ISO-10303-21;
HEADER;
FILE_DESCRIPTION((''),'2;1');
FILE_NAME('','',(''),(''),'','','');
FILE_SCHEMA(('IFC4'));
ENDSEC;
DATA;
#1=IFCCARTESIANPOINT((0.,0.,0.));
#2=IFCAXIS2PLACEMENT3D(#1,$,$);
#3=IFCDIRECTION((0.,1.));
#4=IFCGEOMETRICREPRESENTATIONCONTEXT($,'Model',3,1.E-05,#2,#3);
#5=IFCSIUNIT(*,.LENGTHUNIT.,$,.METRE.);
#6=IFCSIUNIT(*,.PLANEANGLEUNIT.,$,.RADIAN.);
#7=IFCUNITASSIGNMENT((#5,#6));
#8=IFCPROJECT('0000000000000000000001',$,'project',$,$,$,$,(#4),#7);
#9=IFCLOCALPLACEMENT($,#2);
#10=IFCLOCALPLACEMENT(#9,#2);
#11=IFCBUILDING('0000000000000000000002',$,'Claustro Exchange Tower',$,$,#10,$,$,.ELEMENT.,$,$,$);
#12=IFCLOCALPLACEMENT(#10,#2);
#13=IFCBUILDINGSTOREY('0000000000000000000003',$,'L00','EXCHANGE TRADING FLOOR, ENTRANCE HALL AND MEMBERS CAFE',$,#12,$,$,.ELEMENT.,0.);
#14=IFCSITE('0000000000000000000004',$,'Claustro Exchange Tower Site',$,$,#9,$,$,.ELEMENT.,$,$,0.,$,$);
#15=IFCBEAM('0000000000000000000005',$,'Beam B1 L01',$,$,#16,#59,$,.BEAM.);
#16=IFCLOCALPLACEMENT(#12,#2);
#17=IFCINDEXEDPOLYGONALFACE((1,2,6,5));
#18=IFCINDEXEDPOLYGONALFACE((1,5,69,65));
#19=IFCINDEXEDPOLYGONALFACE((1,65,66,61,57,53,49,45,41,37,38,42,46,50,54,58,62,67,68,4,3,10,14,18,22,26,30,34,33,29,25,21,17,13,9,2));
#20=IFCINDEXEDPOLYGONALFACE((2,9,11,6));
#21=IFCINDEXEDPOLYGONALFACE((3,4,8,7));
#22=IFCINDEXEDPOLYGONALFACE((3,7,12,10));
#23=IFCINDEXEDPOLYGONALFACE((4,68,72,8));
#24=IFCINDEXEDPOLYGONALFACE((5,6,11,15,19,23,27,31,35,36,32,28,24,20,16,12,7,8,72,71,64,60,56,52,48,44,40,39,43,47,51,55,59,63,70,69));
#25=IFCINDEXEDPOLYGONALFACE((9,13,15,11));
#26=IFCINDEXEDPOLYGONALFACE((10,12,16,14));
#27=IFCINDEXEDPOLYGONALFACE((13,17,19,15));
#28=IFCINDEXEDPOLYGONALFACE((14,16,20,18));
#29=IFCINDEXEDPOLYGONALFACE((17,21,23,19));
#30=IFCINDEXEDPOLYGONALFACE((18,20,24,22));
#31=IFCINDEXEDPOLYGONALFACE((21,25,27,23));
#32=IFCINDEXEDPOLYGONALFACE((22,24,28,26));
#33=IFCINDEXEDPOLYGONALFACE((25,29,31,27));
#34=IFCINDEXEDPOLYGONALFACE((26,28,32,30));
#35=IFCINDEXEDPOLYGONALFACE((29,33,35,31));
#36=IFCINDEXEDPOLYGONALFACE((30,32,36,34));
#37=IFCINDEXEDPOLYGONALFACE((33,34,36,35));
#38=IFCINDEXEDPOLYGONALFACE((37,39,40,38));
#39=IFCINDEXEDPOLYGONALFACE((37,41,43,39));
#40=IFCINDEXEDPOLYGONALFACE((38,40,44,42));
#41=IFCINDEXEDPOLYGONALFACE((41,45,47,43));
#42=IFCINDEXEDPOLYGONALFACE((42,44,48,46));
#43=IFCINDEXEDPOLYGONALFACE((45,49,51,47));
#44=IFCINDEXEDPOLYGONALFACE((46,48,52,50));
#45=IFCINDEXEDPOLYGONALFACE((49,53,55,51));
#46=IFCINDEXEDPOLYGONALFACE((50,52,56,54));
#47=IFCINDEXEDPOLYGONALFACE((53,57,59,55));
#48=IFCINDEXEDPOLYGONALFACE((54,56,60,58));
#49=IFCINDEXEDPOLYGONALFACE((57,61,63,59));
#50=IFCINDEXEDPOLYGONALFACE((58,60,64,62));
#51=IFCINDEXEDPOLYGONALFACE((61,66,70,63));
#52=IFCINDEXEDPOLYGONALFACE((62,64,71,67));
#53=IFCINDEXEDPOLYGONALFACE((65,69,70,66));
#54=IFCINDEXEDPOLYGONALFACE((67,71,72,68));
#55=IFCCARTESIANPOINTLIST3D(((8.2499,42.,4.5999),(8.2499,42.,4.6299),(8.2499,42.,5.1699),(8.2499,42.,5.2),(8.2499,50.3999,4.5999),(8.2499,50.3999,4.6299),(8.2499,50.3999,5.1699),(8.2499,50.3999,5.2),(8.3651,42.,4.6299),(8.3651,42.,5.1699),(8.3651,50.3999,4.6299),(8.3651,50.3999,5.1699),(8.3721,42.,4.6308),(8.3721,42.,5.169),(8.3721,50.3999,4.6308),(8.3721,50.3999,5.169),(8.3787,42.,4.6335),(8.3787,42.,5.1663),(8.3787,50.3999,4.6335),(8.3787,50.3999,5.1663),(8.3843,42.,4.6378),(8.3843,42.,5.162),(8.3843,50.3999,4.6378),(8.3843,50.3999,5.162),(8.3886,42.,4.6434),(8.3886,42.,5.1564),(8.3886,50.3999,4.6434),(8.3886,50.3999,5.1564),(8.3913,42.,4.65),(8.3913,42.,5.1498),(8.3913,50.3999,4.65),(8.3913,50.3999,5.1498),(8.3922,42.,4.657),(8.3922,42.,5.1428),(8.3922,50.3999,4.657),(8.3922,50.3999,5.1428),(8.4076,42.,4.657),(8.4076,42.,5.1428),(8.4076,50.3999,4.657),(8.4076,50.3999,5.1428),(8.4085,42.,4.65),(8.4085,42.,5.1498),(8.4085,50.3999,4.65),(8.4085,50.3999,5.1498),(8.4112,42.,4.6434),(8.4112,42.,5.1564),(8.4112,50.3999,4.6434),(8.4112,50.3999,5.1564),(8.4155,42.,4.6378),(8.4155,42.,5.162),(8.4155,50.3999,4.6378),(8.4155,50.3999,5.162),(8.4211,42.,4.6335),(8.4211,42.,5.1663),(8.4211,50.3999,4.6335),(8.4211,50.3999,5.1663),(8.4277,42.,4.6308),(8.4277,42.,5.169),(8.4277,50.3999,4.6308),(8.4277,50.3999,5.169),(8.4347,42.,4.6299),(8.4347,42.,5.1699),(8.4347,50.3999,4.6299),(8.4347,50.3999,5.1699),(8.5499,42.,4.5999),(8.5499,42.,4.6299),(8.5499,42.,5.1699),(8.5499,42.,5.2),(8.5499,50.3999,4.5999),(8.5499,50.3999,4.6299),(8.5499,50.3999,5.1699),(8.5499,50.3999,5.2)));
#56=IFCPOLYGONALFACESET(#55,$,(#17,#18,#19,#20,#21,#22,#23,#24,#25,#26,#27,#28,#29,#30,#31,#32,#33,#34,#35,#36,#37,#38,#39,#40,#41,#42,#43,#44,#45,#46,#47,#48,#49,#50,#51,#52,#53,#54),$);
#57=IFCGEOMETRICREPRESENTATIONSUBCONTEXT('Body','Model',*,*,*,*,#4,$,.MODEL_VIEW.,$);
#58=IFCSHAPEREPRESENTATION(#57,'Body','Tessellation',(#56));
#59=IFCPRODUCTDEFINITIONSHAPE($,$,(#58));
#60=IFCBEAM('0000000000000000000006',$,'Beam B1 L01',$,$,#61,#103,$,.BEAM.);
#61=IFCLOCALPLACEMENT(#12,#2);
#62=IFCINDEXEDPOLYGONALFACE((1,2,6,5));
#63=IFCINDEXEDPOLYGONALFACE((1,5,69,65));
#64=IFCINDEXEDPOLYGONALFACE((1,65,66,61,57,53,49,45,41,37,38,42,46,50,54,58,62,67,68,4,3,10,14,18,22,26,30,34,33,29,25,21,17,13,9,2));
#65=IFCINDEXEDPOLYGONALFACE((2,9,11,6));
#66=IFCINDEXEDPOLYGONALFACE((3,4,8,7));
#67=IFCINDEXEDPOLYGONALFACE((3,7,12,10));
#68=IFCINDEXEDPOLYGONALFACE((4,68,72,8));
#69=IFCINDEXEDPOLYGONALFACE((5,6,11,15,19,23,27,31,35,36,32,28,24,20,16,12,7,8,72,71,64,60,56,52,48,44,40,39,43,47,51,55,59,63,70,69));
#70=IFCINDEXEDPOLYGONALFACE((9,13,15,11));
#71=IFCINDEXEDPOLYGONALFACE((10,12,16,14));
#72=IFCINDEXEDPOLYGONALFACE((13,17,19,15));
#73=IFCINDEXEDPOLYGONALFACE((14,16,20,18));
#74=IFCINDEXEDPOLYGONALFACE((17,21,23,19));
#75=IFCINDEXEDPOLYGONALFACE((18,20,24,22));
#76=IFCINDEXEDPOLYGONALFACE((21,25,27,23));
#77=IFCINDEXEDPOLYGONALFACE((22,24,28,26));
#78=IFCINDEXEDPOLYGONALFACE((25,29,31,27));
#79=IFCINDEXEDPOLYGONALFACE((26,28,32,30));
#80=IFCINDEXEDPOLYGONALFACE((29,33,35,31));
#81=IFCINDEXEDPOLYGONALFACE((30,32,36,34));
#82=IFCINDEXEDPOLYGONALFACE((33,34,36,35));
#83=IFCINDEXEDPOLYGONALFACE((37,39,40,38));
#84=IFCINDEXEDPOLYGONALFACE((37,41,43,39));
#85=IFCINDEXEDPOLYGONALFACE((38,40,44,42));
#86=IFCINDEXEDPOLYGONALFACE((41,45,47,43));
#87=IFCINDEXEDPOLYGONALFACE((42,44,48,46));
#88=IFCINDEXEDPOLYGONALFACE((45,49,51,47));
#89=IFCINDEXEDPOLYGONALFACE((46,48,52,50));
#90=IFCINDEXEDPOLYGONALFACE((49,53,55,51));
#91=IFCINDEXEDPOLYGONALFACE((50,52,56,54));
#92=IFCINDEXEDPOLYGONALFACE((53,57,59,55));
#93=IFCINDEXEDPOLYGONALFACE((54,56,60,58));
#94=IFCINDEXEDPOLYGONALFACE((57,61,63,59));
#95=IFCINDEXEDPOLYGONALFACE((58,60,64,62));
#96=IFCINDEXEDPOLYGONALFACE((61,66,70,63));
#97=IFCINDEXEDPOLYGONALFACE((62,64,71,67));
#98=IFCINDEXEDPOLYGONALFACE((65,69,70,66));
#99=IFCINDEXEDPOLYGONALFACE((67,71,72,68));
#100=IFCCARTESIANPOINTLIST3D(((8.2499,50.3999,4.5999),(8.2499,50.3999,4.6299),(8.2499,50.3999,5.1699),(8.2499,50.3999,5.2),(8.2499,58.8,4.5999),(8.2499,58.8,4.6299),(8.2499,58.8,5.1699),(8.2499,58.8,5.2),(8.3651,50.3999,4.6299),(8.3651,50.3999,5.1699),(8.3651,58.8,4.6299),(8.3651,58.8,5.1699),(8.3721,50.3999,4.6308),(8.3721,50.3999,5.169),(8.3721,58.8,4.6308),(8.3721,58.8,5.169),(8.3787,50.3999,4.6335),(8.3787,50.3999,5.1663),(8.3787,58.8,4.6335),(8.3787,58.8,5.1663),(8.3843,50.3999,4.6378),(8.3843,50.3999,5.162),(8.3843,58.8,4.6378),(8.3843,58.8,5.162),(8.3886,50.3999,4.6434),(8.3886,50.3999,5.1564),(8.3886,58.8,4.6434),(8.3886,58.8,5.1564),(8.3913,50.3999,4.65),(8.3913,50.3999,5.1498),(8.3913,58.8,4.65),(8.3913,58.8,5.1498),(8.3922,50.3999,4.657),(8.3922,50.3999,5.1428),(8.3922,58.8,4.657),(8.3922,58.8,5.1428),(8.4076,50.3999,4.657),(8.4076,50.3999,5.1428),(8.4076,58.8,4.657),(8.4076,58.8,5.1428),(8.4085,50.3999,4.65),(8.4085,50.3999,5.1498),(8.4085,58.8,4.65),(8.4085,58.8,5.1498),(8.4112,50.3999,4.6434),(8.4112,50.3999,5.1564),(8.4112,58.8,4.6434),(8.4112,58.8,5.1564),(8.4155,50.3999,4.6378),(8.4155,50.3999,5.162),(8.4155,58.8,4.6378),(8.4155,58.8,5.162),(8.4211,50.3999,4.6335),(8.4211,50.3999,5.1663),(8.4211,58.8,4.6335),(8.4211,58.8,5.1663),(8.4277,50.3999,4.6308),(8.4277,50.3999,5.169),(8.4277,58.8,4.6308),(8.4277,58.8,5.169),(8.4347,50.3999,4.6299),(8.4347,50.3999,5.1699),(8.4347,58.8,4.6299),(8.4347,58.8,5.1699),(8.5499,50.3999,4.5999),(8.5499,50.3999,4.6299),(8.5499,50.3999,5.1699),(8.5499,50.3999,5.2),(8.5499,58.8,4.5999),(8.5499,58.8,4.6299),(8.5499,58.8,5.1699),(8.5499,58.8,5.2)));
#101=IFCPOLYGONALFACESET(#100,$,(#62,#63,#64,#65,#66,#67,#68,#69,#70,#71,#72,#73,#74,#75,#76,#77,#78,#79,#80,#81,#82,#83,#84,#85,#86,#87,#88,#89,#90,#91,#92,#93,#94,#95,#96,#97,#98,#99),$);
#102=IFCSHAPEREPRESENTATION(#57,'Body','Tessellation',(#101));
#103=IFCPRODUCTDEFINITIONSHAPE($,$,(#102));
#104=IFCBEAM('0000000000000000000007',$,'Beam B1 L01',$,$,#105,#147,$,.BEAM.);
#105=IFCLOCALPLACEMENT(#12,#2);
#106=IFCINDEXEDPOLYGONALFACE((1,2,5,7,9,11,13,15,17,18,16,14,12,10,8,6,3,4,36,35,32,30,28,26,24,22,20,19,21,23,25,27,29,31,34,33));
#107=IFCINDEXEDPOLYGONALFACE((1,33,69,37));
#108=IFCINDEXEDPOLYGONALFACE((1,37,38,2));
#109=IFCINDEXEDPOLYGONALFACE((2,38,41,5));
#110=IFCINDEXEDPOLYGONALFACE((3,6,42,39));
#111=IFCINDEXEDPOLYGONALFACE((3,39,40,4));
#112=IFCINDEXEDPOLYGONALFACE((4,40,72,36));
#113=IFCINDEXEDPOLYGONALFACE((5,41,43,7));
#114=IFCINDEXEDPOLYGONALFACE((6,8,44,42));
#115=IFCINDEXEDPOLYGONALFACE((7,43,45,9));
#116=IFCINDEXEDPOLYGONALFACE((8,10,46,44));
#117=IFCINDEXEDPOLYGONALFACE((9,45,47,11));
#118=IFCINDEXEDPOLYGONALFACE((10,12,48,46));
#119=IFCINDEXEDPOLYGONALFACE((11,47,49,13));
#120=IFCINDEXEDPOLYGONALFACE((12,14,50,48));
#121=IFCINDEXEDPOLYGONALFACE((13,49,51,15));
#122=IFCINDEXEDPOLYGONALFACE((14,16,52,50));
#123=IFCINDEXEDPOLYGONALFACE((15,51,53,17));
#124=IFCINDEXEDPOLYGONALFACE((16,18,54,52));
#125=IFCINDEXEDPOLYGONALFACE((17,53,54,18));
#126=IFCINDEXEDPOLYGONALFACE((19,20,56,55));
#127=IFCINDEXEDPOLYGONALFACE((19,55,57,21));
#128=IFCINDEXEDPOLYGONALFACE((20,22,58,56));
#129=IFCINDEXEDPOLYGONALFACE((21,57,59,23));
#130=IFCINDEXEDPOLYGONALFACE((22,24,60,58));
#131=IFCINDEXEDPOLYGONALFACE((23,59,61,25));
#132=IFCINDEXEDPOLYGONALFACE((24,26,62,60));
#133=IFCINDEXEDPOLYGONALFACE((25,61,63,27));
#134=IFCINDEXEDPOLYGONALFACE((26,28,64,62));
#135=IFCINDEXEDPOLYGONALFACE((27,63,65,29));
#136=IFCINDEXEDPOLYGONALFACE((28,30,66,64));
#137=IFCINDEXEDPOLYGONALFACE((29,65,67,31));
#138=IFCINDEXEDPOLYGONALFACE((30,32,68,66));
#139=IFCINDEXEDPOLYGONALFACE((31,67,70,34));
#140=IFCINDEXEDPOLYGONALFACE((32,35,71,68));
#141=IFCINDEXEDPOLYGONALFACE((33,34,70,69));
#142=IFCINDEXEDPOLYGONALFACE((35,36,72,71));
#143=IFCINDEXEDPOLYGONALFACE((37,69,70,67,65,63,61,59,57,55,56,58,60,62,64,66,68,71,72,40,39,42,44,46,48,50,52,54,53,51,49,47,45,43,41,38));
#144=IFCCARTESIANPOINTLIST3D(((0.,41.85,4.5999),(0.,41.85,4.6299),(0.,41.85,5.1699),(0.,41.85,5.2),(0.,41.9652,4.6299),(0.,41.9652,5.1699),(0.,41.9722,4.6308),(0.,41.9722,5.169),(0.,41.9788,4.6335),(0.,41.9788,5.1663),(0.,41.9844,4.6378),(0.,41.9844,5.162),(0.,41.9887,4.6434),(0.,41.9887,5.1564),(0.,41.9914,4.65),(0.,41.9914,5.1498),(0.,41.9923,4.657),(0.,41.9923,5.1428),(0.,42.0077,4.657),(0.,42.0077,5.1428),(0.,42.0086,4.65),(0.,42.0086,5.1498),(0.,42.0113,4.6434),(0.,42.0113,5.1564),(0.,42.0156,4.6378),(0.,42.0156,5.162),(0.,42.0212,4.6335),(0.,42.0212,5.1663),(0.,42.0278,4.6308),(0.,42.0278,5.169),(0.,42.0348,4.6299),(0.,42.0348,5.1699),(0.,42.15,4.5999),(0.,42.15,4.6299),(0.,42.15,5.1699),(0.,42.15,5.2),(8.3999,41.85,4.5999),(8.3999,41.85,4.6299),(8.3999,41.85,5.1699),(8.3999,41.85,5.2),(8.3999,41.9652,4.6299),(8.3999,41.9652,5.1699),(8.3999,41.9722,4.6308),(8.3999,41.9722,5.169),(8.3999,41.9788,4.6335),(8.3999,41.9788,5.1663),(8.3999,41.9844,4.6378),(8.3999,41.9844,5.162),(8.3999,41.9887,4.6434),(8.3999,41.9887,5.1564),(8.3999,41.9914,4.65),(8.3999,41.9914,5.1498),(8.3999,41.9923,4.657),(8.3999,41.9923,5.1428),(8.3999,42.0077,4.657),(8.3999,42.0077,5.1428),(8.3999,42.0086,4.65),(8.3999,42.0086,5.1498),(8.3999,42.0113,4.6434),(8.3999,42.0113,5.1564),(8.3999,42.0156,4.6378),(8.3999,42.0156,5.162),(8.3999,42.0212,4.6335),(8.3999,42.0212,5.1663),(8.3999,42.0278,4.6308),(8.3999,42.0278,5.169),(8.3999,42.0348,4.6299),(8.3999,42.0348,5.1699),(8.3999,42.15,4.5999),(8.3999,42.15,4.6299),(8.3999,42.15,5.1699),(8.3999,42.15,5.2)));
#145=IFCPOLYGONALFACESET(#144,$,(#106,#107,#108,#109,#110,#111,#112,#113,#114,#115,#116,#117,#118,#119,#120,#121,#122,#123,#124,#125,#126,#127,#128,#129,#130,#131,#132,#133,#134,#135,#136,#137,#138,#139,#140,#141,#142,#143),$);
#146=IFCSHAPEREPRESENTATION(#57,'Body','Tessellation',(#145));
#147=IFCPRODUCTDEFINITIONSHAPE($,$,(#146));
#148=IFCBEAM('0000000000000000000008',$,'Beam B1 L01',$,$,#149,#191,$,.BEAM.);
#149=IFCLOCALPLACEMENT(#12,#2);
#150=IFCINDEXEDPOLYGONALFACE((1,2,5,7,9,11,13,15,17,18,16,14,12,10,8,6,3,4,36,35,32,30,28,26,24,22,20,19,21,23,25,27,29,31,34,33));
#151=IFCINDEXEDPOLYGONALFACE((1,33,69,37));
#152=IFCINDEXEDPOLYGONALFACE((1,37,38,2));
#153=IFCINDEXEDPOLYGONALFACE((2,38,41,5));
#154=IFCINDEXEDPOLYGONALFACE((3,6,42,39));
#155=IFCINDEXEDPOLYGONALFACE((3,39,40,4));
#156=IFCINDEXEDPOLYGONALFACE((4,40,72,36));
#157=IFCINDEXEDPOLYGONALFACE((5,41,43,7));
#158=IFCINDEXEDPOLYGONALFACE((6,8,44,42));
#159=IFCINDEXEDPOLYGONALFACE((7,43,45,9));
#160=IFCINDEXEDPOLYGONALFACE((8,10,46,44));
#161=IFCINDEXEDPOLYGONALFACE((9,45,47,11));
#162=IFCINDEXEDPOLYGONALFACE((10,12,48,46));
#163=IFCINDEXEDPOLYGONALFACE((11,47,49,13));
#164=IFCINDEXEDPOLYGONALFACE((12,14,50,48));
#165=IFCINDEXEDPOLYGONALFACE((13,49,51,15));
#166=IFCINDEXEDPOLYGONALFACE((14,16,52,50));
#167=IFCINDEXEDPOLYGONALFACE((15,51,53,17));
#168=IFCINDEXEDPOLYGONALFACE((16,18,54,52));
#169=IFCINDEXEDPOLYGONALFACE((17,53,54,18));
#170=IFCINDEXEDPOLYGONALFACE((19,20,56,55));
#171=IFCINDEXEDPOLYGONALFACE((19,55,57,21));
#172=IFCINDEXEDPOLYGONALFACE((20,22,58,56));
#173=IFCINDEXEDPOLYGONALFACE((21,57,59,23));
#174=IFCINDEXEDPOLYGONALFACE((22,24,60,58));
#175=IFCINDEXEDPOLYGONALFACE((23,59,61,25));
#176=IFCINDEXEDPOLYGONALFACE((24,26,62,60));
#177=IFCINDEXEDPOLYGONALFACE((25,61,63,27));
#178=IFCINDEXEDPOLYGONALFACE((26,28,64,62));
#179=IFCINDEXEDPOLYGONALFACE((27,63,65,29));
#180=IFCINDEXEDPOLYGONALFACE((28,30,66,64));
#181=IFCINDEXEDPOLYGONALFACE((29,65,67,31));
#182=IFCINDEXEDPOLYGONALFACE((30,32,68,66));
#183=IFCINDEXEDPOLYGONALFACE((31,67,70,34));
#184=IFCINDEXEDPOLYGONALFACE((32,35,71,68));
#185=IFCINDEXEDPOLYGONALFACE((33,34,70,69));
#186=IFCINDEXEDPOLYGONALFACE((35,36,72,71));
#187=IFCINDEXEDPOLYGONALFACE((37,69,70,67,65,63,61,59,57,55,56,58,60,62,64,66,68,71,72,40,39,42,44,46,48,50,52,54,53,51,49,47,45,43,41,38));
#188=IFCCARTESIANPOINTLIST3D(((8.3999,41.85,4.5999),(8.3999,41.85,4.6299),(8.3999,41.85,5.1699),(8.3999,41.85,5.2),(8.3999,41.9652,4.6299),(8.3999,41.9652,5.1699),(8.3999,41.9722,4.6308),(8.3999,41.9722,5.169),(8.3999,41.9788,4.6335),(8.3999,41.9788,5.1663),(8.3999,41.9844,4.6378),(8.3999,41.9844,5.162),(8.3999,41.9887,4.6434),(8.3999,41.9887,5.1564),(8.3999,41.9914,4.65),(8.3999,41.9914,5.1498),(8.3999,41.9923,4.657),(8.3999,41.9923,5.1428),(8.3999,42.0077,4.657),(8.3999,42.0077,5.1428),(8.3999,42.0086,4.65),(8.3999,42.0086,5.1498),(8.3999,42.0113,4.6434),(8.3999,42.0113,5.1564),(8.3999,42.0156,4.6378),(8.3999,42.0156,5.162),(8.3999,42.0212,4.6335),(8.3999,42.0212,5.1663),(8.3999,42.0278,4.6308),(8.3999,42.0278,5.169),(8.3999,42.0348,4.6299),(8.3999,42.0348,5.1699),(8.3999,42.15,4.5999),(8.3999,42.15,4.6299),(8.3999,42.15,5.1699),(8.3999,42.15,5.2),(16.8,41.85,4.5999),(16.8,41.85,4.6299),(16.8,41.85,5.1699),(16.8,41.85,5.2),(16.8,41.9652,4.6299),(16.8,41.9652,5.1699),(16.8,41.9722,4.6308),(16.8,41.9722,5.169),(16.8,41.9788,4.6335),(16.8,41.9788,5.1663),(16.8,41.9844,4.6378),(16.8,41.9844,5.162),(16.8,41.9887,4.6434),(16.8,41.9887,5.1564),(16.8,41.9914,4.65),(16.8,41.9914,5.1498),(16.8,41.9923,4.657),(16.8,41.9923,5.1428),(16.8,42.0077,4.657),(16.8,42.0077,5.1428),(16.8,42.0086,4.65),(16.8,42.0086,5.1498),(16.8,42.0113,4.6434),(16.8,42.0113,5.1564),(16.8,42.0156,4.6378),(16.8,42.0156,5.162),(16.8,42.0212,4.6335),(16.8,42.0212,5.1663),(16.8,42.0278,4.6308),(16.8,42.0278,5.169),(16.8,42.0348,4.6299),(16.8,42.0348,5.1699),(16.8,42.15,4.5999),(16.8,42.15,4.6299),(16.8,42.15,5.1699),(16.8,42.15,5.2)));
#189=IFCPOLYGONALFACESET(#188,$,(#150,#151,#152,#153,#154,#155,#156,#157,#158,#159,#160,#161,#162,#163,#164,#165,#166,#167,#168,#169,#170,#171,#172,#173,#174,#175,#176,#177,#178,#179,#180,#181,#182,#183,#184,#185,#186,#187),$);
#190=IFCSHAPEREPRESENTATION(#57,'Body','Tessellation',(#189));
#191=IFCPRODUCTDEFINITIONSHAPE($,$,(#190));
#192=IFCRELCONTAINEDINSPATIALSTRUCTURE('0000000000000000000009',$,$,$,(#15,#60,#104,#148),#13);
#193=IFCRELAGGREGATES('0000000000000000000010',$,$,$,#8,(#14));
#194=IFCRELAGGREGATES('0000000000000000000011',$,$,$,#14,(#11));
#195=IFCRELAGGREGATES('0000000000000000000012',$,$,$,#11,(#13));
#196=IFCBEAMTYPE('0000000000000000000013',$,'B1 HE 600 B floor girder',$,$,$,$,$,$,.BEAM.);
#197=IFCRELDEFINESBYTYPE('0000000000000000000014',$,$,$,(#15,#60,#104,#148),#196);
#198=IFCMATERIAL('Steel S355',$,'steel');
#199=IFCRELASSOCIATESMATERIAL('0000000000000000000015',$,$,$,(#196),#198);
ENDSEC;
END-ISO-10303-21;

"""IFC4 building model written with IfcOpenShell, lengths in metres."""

from ifc_helpers import new_model, si_unit, direction, frame, origin, origin_2d, place, context, subcontext, project, spatial, i_section, extrude, material, material_profile, profile_set, type_object, element, save


model = new_model("IFC4")

# Units and contexts
model_context = context("Model", 3, precision=1e-05, world=origin(), true_north=direction((0.0, 1.0)))
body_context = subcontext(model_context, "Body", "Model", "MODEL_VIEW")
ifc_project = project(units=[si_unit("LENGTHUNIT", "METRE"), si_unit("PLANEANGLEUNIT", "RADIAN")], contexts=[model_context])

# Site, building, storey
site_placement = place(None, origin())
site = spatial("IfcSite", under=ifc_project, at=site_placement, Name="Claustro Exchange Tower Site", CompositionType="ELEMENT", RefElevation=0.0)
building_placement = place(site_placement, origin())
building = spatial("IfcBuilding", under=site, at=building_placement, Name="Claustro Exchange Tower", CompositionType="ELEMENT")
storey_placement = place(building_placement, origin())
storey = spatial("IfcBuildingStorey", under=building, at=storey_placement, Name="L00", Description="EXCHANGE TRADING FLOOR, ENTRANCE HALL AND MEMBERS CAFE", CompositionType="ELEMENT", Elevation=0.0)

# Beams
ifc_material_1 = material(Name="Steel S355", Category="steel")
ifc_material_profile_1 = material_profile(ifc_material_1, i_section(OverallWidth=0.3, OverallDepth=0.6001, WebThickness=0.0154, FlangeThickness=0.03, FilletRadius=0.0271, at=origin_2d()), Name="HE 600 B")
ifc_profile_set_1 = profile_set([ifc_material_profile_1], Name="Steel S355")
beam_type_1 = type_object("IfcBeamType", Name="B1 HE 600 B floor girder", PredefinedType="BEAM", material=ifc_profile_set_1)
beam_1_placement = place(storey_placement, frame((8.3999, 42.0, 4.8999), z_axis=(0.0, 1.0, 0.0), x_axis=(-1.0, 0.0, 0.0)))
element("IfcBeam", 1, at=beam_1_placement, inside=storey, type_object=beam_type_1, Name="Beam B1 L01", PredefinedType="BEAM", context=body_context, shape_type="SweptSolid", body=[
    extrude(i_section(OverallWidth=0.3, OverallDepth=0.6001, WebThickness=0.0154, FlangeThickness=0.03, FilletRadius=0.0271, at=origin_2d()), origin(), (0.0, 0.0, 1.0), 8.3999),
])
beam_2_placement = place(storey_placement, frame((8.3999, 50.3999, 4.8999), z_axis=(0.0, 1.0, 0.0), x_axis=(-1.0, 0.0, 0.0)))
element("IfcBeam", 2, at=beam_2_placement, inside=storey, type_object=beam_type_1, Name="Beam B1 L01", PredefinedType="BEAM", context=body_context, shape_type="SweptSolid", body=[
    extrude(i_section(OverallWidth=0.3, OverallDepth=0.6001, WebThickness=0.0154, FlangeThickness=0.03, FilletRadius=0.0271, at=origin_2d()), origin(), (0.0, 0.0, 1.0), 8.4001),
])
beam_3_placement = place(storey_placement, frame((0.0, 42.0, 4.8999), z_axis=(1.0, 0.0, 0.0), x_axis=(0.0, 1.0, 0.0)))
element("IfcBeam", 3, at=beam_3_placement, inside=storey, type_object=beam_type_1, Name="Beam B1 L01", PredefinedType="BEAM", context=body_context, shape_type="SweptSolid", body=[
    extrude(i_section(OverallWidth=0.3, OverallDepth=0.6001, WebThickness=0.0154, FlangeThickness=0.03, FilletRadius=0.0271, at=origin_2d()), origin(), (0.0, 0.0, 1.0), 8.3999),
])
beam_4_placement = place(storey_placement, frame((8.3999, 42.0, 4.8999), z_axis=(1.0, 0.0, 0.0), x_axis=(0.0, 1.0, 0.0)))
element("IfcBeam", 4, at=beam_4_placement, inside=storey, type_object=beam_type_1, Name="Beam B1 L01", PredefinedType="BEAM", context=body_context, shape_type="SweptSolid", body=[
    extrude(i_section(OverallWidth=0.3, OverallDepth=0.6001, WebThickness=0.0154, FlangeThickness=0.03, FilletRadius=0.0271, at=origin_2d()), origin(), (0.0, 0.0, 1.0), 8.4001),
])

save(model, "model.ifc")
